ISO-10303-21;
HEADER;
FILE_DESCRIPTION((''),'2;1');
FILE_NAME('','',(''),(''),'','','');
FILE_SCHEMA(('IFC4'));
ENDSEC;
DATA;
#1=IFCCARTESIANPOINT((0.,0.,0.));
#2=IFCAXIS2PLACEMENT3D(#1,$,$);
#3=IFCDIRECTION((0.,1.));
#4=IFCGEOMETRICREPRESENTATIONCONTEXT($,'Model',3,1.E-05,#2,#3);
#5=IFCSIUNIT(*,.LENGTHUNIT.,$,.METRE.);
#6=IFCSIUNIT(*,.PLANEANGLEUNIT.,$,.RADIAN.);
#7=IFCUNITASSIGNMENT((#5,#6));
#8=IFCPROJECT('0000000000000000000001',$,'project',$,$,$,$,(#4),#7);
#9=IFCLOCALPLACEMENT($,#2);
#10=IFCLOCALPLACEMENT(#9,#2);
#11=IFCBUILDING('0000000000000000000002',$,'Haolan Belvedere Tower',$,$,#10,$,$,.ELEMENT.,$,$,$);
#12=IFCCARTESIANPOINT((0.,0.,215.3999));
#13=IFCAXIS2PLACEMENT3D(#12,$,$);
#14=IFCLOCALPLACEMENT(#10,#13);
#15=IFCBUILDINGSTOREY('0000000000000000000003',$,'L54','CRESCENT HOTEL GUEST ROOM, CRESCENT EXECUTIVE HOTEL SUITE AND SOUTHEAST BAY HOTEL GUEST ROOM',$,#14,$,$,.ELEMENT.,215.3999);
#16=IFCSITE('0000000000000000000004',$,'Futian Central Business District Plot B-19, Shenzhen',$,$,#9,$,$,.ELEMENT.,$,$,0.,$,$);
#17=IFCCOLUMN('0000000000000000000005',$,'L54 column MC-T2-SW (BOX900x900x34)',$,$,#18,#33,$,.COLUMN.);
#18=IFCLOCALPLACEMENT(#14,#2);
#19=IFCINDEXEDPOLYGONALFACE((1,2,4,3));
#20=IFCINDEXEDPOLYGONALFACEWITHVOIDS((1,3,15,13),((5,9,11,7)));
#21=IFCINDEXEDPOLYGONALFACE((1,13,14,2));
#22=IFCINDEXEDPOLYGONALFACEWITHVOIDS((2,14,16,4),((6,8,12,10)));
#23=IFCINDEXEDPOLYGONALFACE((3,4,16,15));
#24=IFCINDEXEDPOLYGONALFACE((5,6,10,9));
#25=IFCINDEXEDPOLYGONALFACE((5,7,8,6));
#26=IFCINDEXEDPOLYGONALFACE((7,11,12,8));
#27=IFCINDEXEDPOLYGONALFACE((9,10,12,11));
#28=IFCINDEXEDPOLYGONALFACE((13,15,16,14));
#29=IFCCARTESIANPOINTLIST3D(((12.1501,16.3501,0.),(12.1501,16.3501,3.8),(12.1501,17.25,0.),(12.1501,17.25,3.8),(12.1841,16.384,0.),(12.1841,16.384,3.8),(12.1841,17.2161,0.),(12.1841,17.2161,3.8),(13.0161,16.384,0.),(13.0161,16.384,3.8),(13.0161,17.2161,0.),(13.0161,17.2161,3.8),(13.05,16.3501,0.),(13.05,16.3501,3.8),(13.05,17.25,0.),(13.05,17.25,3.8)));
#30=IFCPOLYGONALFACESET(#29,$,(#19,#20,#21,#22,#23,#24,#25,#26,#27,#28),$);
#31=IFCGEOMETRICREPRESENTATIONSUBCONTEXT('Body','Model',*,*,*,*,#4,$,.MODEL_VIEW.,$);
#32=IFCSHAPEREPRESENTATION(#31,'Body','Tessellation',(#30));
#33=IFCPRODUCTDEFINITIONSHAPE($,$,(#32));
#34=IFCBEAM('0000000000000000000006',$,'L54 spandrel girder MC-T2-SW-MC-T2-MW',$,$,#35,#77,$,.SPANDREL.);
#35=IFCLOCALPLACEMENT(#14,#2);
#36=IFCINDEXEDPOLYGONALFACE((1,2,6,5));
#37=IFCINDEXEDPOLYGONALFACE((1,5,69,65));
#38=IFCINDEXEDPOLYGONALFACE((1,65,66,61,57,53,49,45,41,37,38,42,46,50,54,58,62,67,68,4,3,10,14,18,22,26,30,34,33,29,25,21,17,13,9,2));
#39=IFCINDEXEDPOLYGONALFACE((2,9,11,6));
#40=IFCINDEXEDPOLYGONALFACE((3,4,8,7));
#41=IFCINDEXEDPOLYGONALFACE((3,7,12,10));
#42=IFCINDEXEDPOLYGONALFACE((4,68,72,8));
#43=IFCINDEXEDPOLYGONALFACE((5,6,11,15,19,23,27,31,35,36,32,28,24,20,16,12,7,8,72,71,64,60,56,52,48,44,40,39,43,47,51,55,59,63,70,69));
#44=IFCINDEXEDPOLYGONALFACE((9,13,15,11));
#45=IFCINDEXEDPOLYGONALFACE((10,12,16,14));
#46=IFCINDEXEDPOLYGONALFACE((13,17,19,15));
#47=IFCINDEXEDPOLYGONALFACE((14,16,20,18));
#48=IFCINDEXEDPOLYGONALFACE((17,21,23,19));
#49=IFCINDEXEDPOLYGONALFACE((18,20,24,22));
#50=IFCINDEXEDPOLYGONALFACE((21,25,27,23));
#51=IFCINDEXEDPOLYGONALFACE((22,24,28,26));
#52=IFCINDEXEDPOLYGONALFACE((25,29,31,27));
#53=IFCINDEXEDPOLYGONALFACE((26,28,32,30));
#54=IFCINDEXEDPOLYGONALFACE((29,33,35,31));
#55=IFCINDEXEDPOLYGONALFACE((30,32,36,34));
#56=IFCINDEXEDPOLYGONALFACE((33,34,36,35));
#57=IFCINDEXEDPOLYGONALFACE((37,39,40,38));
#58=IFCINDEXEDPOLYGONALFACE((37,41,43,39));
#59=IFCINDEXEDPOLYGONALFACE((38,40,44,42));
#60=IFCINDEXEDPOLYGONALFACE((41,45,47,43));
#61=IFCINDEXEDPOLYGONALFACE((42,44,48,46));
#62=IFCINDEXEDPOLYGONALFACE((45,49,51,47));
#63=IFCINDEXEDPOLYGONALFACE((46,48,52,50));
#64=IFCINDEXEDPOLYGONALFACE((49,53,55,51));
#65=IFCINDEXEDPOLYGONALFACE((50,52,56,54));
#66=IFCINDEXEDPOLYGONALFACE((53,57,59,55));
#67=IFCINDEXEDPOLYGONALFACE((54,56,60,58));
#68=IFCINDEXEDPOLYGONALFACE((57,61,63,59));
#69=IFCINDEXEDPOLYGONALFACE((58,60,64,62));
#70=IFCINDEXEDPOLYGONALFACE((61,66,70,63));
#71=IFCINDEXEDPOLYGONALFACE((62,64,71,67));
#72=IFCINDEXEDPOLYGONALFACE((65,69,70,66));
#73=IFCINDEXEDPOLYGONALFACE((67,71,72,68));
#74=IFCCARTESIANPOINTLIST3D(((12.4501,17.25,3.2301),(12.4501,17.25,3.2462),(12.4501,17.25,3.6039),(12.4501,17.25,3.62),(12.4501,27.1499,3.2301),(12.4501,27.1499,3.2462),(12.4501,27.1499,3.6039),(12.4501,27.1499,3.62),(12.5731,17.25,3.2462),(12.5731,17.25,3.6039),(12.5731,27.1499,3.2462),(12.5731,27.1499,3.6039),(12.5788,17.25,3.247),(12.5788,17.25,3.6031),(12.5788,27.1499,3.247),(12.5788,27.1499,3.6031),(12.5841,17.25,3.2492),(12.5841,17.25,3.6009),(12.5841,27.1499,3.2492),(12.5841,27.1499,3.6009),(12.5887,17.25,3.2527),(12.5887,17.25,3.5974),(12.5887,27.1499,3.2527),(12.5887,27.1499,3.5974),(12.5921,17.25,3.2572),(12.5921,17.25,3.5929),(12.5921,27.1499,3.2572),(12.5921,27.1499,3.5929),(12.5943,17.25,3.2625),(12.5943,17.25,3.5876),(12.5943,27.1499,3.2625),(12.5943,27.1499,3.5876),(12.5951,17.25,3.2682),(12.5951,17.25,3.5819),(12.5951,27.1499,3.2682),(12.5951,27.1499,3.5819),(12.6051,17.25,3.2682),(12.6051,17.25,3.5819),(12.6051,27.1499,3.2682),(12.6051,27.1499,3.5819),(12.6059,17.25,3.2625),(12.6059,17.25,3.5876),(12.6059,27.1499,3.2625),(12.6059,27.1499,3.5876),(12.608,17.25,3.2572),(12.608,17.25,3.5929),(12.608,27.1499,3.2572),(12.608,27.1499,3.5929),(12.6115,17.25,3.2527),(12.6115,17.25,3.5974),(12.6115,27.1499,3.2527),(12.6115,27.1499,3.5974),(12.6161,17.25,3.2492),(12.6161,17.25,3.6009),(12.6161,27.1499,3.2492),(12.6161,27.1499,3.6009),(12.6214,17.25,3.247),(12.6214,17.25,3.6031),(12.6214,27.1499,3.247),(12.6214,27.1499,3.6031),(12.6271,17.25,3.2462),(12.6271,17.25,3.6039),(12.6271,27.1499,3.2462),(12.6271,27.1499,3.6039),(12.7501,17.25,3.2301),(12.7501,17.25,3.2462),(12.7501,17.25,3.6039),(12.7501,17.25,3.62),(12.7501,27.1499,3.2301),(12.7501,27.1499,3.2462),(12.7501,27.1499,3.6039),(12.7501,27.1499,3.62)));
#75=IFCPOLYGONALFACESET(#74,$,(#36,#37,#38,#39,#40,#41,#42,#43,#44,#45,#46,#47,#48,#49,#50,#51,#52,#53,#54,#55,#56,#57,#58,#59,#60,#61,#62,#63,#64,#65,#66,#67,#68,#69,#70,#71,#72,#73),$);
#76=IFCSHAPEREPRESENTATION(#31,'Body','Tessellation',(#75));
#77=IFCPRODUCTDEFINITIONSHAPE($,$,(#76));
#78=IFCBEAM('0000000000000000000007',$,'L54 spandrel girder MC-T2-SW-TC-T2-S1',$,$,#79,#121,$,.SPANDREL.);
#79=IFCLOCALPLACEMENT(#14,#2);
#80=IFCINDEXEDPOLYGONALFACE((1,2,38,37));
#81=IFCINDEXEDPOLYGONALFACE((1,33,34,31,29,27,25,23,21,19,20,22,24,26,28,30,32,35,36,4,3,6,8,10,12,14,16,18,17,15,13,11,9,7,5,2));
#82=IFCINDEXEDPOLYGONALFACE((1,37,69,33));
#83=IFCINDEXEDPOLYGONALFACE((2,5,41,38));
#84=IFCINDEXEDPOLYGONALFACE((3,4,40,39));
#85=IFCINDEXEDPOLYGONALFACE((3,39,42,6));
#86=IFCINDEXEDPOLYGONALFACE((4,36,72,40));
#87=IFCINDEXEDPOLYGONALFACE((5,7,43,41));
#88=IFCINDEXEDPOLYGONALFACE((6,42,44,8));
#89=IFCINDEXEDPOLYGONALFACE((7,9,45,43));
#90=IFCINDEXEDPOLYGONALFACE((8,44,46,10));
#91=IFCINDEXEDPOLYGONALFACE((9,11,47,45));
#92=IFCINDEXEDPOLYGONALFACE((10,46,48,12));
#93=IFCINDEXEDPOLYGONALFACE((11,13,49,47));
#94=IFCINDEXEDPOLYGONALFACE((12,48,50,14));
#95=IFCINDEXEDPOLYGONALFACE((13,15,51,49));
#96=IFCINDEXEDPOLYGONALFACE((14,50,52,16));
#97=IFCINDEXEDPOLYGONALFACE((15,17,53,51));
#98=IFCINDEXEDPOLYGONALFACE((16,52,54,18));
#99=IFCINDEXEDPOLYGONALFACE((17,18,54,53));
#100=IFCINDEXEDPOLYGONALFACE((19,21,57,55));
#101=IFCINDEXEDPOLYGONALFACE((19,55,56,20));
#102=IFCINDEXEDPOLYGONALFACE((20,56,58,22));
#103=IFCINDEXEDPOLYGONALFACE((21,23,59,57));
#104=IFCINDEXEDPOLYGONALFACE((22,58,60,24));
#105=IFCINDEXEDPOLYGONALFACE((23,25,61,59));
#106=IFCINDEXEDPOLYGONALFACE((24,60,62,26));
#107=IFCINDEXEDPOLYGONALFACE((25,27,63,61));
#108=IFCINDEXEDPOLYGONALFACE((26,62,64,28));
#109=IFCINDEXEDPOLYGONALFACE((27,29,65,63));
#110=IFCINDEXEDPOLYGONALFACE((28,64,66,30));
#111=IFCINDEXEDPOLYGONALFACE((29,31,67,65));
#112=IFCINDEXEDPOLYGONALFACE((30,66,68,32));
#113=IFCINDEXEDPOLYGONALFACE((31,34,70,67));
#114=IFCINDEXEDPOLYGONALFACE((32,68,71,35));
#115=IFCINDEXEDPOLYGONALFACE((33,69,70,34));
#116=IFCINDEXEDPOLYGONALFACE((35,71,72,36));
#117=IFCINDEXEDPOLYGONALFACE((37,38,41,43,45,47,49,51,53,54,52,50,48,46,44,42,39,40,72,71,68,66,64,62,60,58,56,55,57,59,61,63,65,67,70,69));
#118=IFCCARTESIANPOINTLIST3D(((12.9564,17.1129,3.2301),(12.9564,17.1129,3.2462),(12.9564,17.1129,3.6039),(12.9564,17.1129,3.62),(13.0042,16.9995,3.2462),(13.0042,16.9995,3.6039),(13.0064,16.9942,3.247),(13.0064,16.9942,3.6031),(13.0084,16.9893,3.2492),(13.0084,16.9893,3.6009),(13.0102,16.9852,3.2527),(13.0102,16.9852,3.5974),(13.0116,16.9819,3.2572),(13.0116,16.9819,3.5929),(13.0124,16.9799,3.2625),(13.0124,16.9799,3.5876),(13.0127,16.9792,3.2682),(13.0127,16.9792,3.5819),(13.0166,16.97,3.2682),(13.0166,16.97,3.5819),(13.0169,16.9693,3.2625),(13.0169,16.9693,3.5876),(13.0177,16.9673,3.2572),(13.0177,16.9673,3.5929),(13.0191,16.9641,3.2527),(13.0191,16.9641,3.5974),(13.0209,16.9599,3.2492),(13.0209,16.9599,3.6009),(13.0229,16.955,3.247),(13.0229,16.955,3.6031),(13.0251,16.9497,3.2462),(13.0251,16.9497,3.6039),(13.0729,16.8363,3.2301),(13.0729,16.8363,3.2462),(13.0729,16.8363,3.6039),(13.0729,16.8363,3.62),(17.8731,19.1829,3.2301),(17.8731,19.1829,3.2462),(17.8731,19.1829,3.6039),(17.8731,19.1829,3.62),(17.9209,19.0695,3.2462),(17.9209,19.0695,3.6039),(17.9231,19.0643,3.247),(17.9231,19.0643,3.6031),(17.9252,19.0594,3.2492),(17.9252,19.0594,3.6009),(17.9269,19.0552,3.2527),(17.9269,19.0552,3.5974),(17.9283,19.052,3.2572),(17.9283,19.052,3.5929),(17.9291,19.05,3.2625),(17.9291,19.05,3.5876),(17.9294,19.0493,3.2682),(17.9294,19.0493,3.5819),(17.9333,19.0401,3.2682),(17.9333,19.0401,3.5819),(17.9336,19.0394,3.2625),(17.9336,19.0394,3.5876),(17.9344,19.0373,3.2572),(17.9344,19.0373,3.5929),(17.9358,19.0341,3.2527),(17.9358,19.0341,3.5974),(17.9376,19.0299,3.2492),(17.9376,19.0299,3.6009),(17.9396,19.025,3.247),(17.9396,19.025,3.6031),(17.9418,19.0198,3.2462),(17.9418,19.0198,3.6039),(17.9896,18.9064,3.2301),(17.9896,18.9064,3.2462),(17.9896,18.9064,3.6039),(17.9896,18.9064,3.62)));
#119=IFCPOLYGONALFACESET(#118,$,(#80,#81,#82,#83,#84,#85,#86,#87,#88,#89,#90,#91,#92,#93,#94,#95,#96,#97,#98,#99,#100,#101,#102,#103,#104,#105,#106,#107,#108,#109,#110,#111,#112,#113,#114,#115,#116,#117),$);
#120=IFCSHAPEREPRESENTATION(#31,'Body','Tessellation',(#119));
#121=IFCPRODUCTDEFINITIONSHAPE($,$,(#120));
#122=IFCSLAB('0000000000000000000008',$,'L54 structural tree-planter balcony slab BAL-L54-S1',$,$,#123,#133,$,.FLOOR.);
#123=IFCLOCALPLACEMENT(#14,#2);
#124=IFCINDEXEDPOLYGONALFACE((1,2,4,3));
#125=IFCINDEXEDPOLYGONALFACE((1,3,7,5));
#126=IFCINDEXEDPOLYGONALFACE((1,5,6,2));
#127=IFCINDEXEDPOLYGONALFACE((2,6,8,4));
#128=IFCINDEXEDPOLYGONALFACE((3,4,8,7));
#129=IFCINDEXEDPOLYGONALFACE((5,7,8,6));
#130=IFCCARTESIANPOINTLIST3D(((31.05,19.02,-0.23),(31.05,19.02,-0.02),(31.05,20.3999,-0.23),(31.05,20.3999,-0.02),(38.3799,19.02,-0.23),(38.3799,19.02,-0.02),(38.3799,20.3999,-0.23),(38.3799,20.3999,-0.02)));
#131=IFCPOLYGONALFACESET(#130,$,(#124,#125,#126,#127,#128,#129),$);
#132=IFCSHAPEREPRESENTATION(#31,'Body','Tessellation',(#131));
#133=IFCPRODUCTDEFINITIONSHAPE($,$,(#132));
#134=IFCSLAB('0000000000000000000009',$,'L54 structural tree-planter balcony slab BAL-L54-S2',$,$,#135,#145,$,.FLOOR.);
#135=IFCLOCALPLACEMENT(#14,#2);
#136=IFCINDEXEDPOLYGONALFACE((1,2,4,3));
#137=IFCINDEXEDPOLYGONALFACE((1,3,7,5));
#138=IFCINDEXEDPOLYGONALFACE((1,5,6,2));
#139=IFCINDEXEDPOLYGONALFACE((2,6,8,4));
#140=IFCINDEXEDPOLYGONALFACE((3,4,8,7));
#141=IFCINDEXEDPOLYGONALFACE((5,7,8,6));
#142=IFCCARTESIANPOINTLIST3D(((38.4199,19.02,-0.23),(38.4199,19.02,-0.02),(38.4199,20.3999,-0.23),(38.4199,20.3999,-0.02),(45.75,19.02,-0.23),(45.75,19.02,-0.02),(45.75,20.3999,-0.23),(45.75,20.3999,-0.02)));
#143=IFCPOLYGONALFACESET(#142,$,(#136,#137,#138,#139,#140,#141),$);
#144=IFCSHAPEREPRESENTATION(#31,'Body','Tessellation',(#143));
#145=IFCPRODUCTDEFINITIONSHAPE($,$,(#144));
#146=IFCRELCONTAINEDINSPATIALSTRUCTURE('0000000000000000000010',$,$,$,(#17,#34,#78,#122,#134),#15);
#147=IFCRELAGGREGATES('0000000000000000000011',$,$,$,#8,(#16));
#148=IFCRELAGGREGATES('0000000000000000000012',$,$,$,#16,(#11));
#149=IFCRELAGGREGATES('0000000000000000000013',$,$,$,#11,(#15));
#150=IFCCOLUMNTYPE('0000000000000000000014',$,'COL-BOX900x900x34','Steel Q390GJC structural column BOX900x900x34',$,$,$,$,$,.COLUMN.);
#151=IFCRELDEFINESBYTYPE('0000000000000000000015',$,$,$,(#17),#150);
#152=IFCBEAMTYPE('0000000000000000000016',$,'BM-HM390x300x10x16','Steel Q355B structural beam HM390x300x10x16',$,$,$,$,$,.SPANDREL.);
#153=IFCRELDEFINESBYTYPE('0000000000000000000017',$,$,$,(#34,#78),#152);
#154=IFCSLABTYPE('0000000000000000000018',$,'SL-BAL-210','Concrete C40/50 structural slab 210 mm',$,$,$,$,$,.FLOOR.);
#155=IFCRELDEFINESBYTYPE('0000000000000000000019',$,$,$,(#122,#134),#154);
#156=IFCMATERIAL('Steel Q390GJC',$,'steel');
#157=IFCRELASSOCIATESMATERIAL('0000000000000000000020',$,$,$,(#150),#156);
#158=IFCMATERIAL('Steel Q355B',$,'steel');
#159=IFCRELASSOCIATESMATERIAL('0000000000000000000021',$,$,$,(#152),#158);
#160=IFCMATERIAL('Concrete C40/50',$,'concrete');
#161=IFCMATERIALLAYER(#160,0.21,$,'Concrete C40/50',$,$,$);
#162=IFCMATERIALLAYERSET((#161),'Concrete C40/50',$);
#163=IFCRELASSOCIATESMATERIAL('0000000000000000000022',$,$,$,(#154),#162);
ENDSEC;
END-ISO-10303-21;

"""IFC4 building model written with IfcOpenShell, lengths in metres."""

from ifc_helpers import new_model, si_unit, direction, frame, origin, origin_2d, place, context, subcontext, project, spatial, polyline, hollow_rectangle, i_section, outline, extrude, material, layer, layer_set, material_profile, profile_set, type_object, element, save


model = new_model("IFC4")

# Units and contexts
model_context = context("Model", 3, precision=1e-05, world=origin(), true_north=direction((0.0, 1.0)))
body_context = subcontext(model_context, "Body", "Model", "MODEL_VIEW")
ifc_project = project(units=[si_unit("LENGTHUNIT", "METRE"), si_unit("PLANEANGLEUNIT", "RADIAN")], contexts=[model_context])

# Site, building, storey
site_placement = place(None, origin())
site = spatial("IfcSite", under=ifc_project, at=site_placement, Name="Futian Central Business District Plot B-19, Shenzhen", CompositionType="ELEMENT", RefElevation=0.0)
building_placement = place(site_placement, origin())
building = spatial("IfcBuilding", under=site, at=building_placement, Name="Haolan Belvedere Tower", CompositionType="ELEMENT")
storey_placement = place(building_placement, frame((0.0, 0.0, 215.3999)))
storey = spatial("IfcBuildingStorey", under=building, at=storey_placement, Name="L54", Description="CRESCENT HOTEL GUEST ROOM, CRESCENT EXECUTIVE HOTEL SUITE AND SOUTHEAST BAY HOTEL GUEST ROOM", CompositionType="ELEMENT", Elevation=215.3999)

# Column
ifc_material_1 = material(Name="Steel Q390GJC", Category="steel")
ifc_material_profile_1 = material_profile(ifc_material_1, hollow_rectangle(XDim=0.8999, YDim=0.8999, WallThickness=0.0339, at=origin_2d()), Name="Steel Q390GJC")
ifc_profile_set_1 = profile_set([ifc_material_profile_1], Name="Steel Q390GJC")
column_type = type_object("IfcColumnType", Name="COL-BOX900x900x34", Description="Steel Q390GJC structural column BOX900x900x34", PredefinedType="COLUMN", material=ifc_profile_set_1)
column_placement = place(storey_placement, frame((12.6001, 16.8, 0.0), z_axis=(0.0, 0.0, 1.0), x_axis=(1.0, 0.0, 0.0)))
element("IfcColumn", 1, at=column_placement, inside=storey, type_object=column_type, Name="L54 column MC-T2-SW (BOX900x900x34)", PredefinedType="COLUMN", context=body_context, shape_type="SweptSolid", body=[
    extrude(hollow_rectangle(XDim=0.8999, YDim=0.8999, WallThickness=0.0339, at=origin_2d()), origin(), (0.0, 0.0, 1.0), 3.8),
])

# Beams
ifc_material_2 = material(Name="Steel Q355B", Category="steel")
ifc_material_profile_2 = material_profile(ifc_material_2, i_section(OverallWidth=0.3, OverallDepth=0.3899, WebThickness=0.01, FlangeThickness=0.0161, FilletRadius=0.022, at=origin_2d()), Name="Steel Q355B")
ifc_profile_set_2 = profile_set([ifc_material_profile_2], Name="Steel Q355B")
beam_type = type_object("IfcBeamType", Name="BM-HM390x300x10x16", Description="Steel Q355B structural beam HM390x300x10x16", PredefinedType="SPANDREL", material=ifc_profile_set_2)
beam_1_placement = place(storey_placement, frame((12.6001, 17.25, 3.425), z_axis=(0.0, 1.0, 0.0), x_axis=(-1.0, 0.0, 0.0)))
element("IfcBeam", 2, at=beam_1_placement, inside=storey, type_object=beam_type, Name="L54 spandrel girder MC-T2-SW-MC-T2-MW", PredefinedType="SPANDREL", context=body_context, shape_type="SweptSolid", body=[
    extrude(i_section(OverallWidth=0.3, OverallDepth=0.3899, WebThickness=0.01, FlangeThickness=0.0161, FilletRadius=0.022, at=origin_2d()), origin(), (0.0, 0.0, 1.0), 9.8999),
])
beam_2_placement = place(storey_placement, frame((13.0146, 16.9746, 3.425), z_axis=(0.921645, 0.388034, 0.0), x_axis=(-0.388034, 0.921645, 0.0)))
element("IfcBeam", 3, at=beam_2_placement, inside=storey, type_object=beam_type, Name="L54 spandrel girder MC-T2-SW-TC-T2-S1", PredefinedType="SPANDREL", context=body_context, shape_type="SweptSolid", body=[
    extrude(i_section(OverallWidth=0.3, OverallDepth=0.3899, WebThickness=0.01, FlangeThickness=0.0161, FilletRadius=0.022, at=origin_2d()), origin(), (0.0, 0.0, 1.0), 5.3347),
])

# Slabs
ifc_material_3 = material(Name="Concrete C40/50", Category="concrete")
ifc_layer_1 = layer(ifc_material_3, 0.21, Name="Concrete C40/50")
ifc_layer_set_1 = layer_set([ifc_layer_1], Name="Concrete C40/50")
slab_type_1 = type_object("IfcSlabType", Name="SL-BAL-210", Description="Concrete C40/50 structural slab 210 mm", PredefinedType="FLOOR", material=ifc_layer_set_1)
slab_1_placement = place(storey_placement, frame((0.0, 0.0, -0.23)))
element("IfcSlab", 4, at=slab_1_placement, inside=storey, type_object=slab_type_1, Name="L54 structural tree-planter balcony slab BAL-L54-S1", PredefinedType="FLOOR", context=body_context, shape_type="SweptSolid", body=[
    extrude(outline(polyline([(31.05, 19.02), (38.3799, 19.02), (38.3799, 20.3999), (31.05, 20.3999), (31.05, 19.02)])), origin(), (0.0, 0.0, 1.0), 0.21),
])
slab_2_placement = place(storey_placement, frame((0.0, 0.0, -0.23)))
element("IfcSlab", 5, at=slab_2_placement, inside=storey, type_object=slab_type_1, Name="L54 structural tree-planter balcony slab BAL-L54-S2", PredefinedType="FLOOR", context=body_context, shape_type="SweptSolid", body=[
    extrude(outline(polyline([(38.4199, 19.02), (45.75, 19.02), (45.75, 20.3999), (38.4199, 20.3999), (38.4199, 19.02)])), origin(), (0.0, 0.0, 1.0), 0.21),
])

save(model, "model.ifc")
